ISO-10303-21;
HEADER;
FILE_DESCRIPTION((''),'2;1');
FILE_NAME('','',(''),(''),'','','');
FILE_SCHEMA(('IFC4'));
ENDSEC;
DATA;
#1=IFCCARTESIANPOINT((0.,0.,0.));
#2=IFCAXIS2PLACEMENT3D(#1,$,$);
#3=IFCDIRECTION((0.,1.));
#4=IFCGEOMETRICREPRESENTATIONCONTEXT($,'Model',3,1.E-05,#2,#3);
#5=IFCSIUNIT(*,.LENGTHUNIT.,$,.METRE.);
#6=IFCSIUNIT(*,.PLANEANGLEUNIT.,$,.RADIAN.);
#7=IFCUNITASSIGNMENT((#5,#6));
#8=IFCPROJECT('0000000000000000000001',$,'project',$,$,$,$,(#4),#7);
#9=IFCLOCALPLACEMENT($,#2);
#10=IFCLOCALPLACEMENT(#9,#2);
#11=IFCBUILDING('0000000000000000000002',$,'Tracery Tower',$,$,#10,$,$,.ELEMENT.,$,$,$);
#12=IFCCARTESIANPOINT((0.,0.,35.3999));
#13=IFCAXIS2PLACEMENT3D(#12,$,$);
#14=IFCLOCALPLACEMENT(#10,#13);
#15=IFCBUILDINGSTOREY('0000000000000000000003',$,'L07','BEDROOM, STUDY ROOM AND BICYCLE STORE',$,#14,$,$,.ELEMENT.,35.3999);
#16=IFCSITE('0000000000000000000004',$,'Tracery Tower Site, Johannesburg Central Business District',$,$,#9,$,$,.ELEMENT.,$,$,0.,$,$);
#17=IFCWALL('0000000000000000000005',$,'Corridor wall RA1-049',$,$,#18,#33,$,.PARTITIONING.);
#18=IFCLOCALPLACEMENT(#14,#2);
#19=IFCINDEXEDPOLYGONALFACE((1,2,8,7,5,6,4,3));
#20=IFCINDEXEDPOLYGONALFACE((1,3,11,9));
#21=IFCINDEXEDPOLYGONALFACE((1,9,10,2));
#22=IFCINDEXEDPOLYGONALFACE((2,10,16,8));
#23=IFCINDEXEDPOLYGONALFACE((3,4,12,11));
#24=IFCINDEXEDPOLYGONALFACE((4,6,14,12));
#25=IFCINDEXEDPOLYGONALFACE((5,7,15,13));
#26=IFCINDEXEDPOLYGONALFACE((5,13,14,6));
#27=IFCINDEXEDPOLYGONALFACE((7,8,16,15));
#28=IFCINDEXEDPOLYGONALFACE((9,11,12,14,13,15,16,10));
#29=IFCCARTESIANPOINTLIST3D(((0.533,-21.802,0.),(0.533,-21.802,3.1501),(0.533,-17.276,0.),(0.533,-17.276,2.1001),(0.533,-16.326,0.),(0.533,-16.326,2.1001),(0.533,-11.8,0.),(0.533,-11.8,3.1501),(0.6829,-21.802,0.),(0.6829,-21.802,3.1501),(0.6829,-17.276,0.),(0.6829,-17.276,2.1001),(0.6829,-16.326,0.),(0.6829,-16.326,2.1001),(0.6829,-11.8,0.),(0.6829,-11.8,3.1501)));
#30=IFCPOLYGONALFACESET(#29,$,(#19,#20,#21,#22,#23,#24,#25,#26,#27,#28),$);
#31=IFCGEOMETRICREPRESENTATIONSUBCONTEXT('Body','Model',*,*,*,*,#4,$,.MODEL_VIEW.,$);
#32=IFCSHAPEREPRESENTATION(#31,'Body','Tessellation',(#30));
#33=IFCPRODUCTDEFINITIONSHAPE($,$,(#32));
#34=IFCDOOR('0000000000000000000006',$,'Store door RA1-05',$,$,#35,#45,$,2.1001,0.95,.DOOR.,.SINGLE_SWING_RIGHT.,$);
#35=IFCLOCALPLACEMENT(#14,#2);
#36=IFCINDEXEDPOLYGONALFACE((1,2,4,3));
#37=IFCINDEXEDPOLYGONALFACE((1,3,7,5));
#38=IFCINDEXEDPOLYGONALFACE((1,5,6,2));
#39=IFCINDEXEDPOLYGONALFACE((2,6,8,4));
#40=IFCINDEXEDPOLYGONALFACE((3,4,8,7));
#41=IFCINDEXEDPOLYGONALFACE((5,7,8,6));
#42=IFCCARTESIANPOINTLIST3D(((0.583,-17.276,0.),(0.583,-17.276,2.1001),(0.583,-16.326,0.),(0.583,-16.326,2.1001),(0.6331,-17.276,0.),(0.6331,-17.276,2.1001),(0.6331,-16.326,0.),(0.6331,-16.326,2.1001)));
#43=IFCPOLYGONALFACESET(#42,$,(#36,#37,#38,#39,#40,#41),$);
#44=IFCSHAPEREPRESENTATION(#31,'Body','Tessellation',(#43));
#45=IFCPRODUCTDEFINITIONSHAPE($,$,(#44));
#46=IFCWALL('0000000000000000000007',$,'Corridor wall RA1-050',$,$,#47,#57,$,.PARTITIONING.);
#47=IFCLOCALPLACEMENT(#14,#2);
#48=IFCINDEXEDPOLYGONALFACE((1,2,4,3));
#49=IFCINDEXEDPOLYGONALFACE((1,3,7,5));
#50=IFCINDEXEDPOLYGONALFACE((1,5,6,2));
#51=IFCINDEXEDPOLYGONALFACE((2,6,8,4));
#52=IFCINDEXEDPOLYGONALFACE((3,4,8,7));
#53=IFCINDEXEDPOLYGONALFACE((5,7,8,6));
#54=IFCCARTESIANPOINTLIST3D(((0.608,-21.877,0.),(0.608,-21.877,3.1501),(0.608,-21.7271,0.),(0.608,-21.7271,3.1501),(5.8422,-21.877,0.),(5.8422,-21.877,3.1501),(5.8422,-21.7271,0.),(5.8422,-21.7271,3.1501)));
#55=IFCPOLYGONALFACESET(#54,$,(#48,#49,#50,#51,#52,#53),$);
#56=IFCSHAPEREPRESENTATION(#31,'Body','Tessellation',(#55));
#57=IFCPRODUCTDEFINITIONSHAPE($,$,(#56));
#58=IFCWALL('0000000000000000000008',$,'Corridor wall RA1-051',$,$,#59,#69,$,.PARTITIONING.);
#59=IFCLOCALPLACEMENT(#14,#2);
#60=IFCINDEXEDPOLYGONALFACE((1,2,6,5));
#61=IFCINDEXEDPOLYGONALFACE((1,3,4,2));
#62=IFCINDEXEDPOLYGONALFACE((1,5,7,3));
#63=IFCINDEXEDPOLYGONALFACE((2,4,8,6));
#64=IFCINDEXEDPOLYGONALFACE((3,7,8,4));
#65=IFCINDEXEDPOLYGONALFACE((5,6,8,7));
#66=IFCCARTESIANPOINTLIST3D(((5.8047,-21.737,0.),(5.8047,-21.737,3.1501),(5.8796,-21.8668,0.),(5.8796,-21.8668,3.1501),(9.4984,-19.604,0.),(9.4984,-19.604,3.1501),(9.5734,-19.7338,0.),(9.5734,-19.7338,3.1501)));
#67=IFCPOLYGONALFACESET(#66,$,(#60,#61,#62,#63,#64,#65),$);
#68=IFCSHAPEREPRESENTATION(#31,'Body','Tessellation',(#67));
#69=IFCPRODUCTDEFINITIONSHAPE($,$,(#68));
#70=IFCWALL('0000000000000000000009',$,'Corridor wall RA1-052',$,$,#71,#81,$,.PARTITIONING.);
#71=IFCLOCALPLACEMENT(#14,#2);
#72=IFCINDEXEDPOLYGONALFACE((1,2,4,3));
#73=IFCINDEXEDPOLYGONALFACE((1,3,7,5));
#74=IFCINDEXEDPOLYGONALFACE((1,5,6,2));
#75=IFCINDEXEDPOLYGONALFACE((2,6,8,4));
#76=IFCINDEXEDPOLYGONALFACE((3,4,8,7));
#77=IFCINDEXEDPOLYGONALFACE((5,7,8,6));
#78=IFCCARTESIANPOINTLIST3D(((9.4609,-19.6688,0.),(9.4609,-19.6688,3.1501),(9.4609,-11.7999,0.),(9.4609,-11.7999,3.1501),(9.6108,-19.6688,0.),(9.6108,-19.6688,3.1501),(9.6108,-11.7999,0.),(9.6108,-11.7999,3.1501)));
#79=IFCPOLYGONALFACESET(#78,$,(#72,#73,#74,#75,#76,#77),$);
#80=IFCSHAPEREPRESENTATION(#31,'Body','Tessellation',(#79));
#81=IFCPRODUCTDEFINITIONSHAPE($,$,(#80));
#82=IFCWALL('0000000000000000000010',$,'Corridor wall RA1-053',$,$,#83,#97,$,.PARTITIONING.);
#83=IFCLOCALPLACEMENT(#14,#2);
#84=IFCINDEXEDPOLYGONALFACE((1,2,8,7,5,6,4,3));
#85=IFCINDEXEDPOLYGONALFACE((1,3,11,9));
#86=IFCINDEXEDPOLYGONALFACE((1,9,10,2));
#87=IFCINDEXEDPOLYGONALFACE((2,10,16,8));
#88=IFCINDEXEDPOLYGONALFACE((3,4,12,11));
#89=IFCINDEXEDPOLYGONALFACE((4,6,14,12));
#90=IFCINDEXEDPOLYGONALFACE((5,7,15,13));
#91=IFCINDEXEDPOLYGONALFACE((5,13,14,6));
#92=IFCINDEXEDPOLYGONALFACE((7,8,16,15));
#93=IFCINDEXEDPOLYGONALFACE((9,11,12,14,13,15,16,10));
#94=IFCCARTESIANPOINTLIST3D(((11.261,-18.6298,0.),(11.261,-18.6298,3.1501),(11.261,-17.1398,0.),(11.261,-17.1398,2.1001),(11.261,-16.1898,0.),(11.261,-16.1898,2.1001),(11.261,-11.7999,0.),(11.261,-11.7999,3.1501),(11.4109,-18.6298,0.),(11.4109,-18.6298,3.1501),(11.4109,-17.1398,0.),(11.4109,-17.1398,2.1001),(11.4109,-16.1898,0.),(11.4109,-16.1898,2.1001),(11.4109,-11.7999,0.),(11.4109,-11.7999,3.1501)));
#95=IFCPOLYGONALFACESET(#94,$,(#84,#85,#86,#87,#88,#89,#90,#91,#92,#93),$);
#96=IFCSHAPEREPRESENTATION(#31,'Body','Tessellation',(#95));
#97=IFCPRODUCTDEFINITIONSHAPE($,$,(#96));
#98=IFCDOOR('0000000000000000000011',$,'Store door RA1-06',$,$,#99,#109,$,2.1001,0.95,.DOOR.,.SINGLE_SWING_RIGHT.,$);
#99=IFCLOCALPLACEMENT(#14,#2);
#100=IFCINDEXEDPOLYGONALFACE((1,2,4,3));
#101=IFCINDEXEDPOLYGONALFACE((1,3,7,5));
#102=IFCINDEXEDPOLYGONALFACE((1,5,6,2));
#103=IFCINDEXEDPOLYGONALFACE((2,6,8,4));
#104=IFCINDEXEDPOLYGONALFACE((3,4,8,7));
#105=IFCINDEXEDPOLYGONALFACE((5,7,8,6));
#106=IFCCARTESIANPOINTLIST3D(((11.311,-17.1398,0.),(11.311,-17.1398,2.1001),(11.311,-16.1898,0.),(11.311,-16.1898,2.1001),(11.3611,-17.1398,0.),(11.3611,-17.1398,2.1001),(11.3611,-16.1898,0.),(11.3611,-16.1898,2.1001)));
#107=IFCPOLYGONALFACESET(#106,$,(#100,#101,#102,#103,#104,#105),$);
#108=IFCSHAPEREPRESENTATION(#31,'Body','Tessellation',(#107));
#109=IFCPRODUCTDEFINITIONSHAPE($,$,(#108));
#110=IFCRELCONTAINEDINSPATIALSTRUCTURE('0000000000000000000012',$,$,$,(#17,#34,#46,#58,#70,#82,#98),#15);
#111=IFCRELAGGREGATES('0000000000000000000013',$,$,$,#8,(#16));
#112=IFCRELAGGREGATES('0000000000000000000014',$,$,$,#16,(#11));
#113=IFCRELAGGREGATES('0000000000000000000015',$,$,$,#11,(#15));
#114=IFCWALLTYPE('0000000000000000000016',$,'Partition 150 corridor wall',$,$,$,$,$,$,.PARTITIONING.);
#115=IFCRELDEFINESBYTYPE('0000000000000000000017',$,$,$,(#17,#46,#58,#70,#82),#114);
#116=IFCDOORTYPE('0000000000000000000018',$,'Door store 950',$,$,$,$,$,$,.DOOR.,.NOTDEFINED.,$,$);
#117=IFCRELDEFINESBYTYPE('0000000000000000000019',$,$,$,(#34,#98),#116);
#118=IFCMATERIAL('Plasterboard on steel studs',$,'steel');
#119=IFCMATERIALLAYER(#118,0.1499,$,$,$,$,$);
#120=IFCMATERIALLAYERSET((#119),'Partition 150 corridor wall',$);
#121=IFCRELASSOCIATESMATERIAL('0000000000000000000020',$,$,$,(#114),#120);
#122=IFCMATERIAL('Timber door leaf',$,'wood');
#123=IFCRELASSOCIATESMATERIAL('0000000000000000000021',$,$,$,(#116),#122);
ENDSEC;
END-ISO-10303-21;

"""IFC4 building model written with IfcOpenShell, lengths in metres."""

from ifc_helpers import new_model, si_unit, direction, frame, frame_2d, origin, place, context, subcontext, project, spatial, rectangle, extrude, material, layer, layer_set, type_object, element, fill, save


model = new_model("IFC4")

# Units and contexts
model_context = context("Model", 3, precision=1e-05, world=origin(), true_north=direction((0.0, 1.0)))
body_context = subcontext(model_context, "Body", "Model", "MODEL_VIEW")
ifc_project = project(units=[si_unit("LENGTHUNIT", "METRE"), si_unit("PLANEANGLEUNIT", "RADIAN")], contexts=[model_context])

# Site, building, storey
site_placement = place(None, origin())
site = spatial("IfcSite", under=ifc_project, at=site_placement, Name="Tracery Tower Site, Johannesburg Central Business District", CompositionType="ELEMENT", RefElevation=0.0)
building_placement = place(site_placement, origin())
building = spatial("IfcBuilding", under=site, at=building_placement, Name="Tracery Tower", CompositionType="ELEMENT")
storey_placement = place(building_placement, frame((0.0, 0.0, 35.3999)))
storey = spatial("IfcBuildingStorey", under=building, at=storey_placement, Name="L07", Description="BEDROOM, STUDY ROOM AND BICYCLE STORE", CompositionType="ELEMENT", Elevation=35.3999)

# Shared definitions
ifc_material_1 = material(Name="Plasterboard on steel studs", Category="steel")
ifc_layer_1 = layer(ifc_material_1, 0.1499)
ifc_layer_set_1 = layer_set([ifc_layer_1], Name="Partition 150 corridor wall")
wall_type_1 = type_object("IfcWallType", Name="Partition 150 corridor wall", PredefinedType="PARTITIONING", material=ifc_layer_set_1)

# Wall, opening, door
wall_1_placement = place(storey_placement, frame((0.6079, -21.802, 0.0), z_axis=(0.0, 0.0, 1.0), x_axis=(0.0, 1.0, 0.0)))
wall_1 = element("IfcWall", 1, at=wall_1_placement, inside=storey, type_object=wall_type_1, Name="Corridor wall RA1-049", PredefinedType="PARTITIONING", context=body_context, shape_type="SweptSolid", body=[
    extrude(rectangle(XDim=10.002, YDim=0.1499, at=frame_2d((5.001, 0.0))), origin(), (0.0, 0.0, 1.0), 3.1501),
])
opening_1_placement = place(wall_1_placement, frame((4.5259, 0.0, 0.0)))
opening_1 = element("IfcOpeningElement", 2, at=opening_1_placement, cuts=wall_1, PredefinedType="OPENING", context=body_context, shape_type="SweptSolid", body=[
    extrude(rectangle(XDim=0.95, YDim=2.1001, at=frame_2d((0.4751, 1.05))), frame((0.0, 0.075, 0.0), z_axis=(0.0, -1.0, 0.0), x_axis=(1.0, 0.0, 0.0)), (0.0, 0.0, 1.0), 0.1499),
])
ifc_material_2 = material(Name="Timber door leaf", Category="wood")
door_type_1 = type_object("IfcDoorType", Name="Door store 950", OperationType="NOTDEFINED", PredefinedType="DOOR", material=ifc_material_2)
door_1_placement = place(opening_1_placement, origin())
door_1 = element("IfcDoor", 3, at=door_1_placement, inside=storey, type_object=door_type_1, Name="Store door RA1-05", OperationType="SINGLE_SWING_RIGHT", OverallHeight=2.1001, OverallWidth=0.95, PredefinedType="DOOR", context=body_context, shape_type="SweptSolid", body=[
    extrude(rectangle(XDim=0.95, YDim=2.1001, at=frame_2d((0.4751, 1.05))), frame((0.0, 0.0249, 0.0), z_axis=(0.0, -1.0, 0.0), x_axis=(1.0, 0.0, 0.0)), (0.0, 0.0, 1.0), 0.05),
])
fill(opening_1, door_1)

# Walls
wall_2_placement = place(storey_placement, frame((0.6079, -21.802, 0.0), z_axis=(0.0, 0.0, 1.0), x_axis=(1.0, 0.0, 0.0)))
element("IfcWall", 4, at=wall_2_placement, inside=storey, type_object=wall_type_1, Name="Corridor wall RA1-050", PredefinedType="PARTITIONING", context=body_context, shape_type="SweptSolid", body=[
    extrude(rectangle(XDim=5.2341, YDim=0.1499, at=frame_2d((2.6172, 0.0))), origin(), (0.0, 0.0, 1.0), 3.1501),
])
wall_3_placement = place(storey_placement, frame((5.842, -21.802, 0.0), z_axis=(0.0, 0.0, 1.0), x_axis=(0.865984, 0.500073, 0.0)))
element("IfcWall", 5, at=wall_3_placement, inside=storey, type_object=wall_type_1, Name="Corridor wall RA1-051", PredefinedType="PARTITIONING", context=body_context, shape_type="SweptSolid", body=[
    extrude(rectangle(XDim=4.2654, YDim=0.1499, at=frame_2d((2.1328, 0.0))), origin(), (0.0, 0.0, 1.0), 3.1501),
])
wall_4_placement = place(storey_placement, frame((9.5359, -19.6689, 0.0), z_axis=(0.0, 0.0, 1.0), x_axis=(0.0, 1.0, 0.0)))
element("IfcWall", 6, at=wall_4_placement, inside=storey, type_object=wall_type_1, Name="Corridor wall RA1-052", PredefinedType="PARTITIONING", context=body_context, shape_type="SweptSolid", body=[
    extrude(rectangle(XDim=7.8689, YDim=0.1499, at=frame_2d((3.9346, 0.0))), origin(), (0.0, 0.0, 1.0), 3.1501),
])

# Wall, opening, door
wall_5_placement = place(storey_placement, frame((11.3359, -18.6299, 0.0), z_axis=(0.0, 0.0, 1.0), x_axis=(0.0, 1.0, 0.0)))
wall_5 = element("IfcWall", 7, at=wall_5_placement, inside=storey, type_object=wall_type_1, Name="Corridor wall RA1-053", PredefinedType="PARTITIONING", context=body_context, shape_type="SweptSolid", body=[
    extrude(rectangle(XDim=6.8298, YDim=0.1499, at=frame_2d((3.415, 0.0))), origin(), (0.0, 0.0, 1.0), 3.1501),
])
opening_2_placement = place(wall_5_placement, frame((1.49, 0.0, 0.0)))
opening_2 = element("IfcOpeningElement", 8, at=opening_2_placement, cuts=wall_5, PredefinedType="OPENING", context=body_context, shape_type="SweptSolid", body=[
    extrude(rectangle(XDim=0.95, YDim=2.1001, at=frame_2d((0.4751, 1.05))), frame((0.0, 0.075, 0.0), z_axis=(0.0, -1.0, 0.0), x_axis=(1.0, 0.0, 0.0)), (0.0, 0.0, 1.0), 0.1499),
])
door_2_placement = place(opening_2_placement, origin())
door_2 = element("IfcDoor", 9, at=door_2_placement, inside=storey, type_object=door_type_1, Name="Store door RA1-06", OperationType="SINGLE_SWING_RIGHT", OverallHeight=2.1001, OverallWidth=0.95, PredefinedType="DOOR", context=body_context, shape_type="SweptSolid", body=[
    extrude(rectangle(XDim=0.95, YDim=2.1001, at=frame_2d((0.4751, 1.05))), frame((0.0, 0.0249, 0.0), z_axis=(0.0, -1.0, 0.0), x_axis=(1.0, 0.0, 0.0)), (0.0, 0.0, 1.0), 0.05),
])
fill(opening_2, door_2)

save(model, "model.ifc")
